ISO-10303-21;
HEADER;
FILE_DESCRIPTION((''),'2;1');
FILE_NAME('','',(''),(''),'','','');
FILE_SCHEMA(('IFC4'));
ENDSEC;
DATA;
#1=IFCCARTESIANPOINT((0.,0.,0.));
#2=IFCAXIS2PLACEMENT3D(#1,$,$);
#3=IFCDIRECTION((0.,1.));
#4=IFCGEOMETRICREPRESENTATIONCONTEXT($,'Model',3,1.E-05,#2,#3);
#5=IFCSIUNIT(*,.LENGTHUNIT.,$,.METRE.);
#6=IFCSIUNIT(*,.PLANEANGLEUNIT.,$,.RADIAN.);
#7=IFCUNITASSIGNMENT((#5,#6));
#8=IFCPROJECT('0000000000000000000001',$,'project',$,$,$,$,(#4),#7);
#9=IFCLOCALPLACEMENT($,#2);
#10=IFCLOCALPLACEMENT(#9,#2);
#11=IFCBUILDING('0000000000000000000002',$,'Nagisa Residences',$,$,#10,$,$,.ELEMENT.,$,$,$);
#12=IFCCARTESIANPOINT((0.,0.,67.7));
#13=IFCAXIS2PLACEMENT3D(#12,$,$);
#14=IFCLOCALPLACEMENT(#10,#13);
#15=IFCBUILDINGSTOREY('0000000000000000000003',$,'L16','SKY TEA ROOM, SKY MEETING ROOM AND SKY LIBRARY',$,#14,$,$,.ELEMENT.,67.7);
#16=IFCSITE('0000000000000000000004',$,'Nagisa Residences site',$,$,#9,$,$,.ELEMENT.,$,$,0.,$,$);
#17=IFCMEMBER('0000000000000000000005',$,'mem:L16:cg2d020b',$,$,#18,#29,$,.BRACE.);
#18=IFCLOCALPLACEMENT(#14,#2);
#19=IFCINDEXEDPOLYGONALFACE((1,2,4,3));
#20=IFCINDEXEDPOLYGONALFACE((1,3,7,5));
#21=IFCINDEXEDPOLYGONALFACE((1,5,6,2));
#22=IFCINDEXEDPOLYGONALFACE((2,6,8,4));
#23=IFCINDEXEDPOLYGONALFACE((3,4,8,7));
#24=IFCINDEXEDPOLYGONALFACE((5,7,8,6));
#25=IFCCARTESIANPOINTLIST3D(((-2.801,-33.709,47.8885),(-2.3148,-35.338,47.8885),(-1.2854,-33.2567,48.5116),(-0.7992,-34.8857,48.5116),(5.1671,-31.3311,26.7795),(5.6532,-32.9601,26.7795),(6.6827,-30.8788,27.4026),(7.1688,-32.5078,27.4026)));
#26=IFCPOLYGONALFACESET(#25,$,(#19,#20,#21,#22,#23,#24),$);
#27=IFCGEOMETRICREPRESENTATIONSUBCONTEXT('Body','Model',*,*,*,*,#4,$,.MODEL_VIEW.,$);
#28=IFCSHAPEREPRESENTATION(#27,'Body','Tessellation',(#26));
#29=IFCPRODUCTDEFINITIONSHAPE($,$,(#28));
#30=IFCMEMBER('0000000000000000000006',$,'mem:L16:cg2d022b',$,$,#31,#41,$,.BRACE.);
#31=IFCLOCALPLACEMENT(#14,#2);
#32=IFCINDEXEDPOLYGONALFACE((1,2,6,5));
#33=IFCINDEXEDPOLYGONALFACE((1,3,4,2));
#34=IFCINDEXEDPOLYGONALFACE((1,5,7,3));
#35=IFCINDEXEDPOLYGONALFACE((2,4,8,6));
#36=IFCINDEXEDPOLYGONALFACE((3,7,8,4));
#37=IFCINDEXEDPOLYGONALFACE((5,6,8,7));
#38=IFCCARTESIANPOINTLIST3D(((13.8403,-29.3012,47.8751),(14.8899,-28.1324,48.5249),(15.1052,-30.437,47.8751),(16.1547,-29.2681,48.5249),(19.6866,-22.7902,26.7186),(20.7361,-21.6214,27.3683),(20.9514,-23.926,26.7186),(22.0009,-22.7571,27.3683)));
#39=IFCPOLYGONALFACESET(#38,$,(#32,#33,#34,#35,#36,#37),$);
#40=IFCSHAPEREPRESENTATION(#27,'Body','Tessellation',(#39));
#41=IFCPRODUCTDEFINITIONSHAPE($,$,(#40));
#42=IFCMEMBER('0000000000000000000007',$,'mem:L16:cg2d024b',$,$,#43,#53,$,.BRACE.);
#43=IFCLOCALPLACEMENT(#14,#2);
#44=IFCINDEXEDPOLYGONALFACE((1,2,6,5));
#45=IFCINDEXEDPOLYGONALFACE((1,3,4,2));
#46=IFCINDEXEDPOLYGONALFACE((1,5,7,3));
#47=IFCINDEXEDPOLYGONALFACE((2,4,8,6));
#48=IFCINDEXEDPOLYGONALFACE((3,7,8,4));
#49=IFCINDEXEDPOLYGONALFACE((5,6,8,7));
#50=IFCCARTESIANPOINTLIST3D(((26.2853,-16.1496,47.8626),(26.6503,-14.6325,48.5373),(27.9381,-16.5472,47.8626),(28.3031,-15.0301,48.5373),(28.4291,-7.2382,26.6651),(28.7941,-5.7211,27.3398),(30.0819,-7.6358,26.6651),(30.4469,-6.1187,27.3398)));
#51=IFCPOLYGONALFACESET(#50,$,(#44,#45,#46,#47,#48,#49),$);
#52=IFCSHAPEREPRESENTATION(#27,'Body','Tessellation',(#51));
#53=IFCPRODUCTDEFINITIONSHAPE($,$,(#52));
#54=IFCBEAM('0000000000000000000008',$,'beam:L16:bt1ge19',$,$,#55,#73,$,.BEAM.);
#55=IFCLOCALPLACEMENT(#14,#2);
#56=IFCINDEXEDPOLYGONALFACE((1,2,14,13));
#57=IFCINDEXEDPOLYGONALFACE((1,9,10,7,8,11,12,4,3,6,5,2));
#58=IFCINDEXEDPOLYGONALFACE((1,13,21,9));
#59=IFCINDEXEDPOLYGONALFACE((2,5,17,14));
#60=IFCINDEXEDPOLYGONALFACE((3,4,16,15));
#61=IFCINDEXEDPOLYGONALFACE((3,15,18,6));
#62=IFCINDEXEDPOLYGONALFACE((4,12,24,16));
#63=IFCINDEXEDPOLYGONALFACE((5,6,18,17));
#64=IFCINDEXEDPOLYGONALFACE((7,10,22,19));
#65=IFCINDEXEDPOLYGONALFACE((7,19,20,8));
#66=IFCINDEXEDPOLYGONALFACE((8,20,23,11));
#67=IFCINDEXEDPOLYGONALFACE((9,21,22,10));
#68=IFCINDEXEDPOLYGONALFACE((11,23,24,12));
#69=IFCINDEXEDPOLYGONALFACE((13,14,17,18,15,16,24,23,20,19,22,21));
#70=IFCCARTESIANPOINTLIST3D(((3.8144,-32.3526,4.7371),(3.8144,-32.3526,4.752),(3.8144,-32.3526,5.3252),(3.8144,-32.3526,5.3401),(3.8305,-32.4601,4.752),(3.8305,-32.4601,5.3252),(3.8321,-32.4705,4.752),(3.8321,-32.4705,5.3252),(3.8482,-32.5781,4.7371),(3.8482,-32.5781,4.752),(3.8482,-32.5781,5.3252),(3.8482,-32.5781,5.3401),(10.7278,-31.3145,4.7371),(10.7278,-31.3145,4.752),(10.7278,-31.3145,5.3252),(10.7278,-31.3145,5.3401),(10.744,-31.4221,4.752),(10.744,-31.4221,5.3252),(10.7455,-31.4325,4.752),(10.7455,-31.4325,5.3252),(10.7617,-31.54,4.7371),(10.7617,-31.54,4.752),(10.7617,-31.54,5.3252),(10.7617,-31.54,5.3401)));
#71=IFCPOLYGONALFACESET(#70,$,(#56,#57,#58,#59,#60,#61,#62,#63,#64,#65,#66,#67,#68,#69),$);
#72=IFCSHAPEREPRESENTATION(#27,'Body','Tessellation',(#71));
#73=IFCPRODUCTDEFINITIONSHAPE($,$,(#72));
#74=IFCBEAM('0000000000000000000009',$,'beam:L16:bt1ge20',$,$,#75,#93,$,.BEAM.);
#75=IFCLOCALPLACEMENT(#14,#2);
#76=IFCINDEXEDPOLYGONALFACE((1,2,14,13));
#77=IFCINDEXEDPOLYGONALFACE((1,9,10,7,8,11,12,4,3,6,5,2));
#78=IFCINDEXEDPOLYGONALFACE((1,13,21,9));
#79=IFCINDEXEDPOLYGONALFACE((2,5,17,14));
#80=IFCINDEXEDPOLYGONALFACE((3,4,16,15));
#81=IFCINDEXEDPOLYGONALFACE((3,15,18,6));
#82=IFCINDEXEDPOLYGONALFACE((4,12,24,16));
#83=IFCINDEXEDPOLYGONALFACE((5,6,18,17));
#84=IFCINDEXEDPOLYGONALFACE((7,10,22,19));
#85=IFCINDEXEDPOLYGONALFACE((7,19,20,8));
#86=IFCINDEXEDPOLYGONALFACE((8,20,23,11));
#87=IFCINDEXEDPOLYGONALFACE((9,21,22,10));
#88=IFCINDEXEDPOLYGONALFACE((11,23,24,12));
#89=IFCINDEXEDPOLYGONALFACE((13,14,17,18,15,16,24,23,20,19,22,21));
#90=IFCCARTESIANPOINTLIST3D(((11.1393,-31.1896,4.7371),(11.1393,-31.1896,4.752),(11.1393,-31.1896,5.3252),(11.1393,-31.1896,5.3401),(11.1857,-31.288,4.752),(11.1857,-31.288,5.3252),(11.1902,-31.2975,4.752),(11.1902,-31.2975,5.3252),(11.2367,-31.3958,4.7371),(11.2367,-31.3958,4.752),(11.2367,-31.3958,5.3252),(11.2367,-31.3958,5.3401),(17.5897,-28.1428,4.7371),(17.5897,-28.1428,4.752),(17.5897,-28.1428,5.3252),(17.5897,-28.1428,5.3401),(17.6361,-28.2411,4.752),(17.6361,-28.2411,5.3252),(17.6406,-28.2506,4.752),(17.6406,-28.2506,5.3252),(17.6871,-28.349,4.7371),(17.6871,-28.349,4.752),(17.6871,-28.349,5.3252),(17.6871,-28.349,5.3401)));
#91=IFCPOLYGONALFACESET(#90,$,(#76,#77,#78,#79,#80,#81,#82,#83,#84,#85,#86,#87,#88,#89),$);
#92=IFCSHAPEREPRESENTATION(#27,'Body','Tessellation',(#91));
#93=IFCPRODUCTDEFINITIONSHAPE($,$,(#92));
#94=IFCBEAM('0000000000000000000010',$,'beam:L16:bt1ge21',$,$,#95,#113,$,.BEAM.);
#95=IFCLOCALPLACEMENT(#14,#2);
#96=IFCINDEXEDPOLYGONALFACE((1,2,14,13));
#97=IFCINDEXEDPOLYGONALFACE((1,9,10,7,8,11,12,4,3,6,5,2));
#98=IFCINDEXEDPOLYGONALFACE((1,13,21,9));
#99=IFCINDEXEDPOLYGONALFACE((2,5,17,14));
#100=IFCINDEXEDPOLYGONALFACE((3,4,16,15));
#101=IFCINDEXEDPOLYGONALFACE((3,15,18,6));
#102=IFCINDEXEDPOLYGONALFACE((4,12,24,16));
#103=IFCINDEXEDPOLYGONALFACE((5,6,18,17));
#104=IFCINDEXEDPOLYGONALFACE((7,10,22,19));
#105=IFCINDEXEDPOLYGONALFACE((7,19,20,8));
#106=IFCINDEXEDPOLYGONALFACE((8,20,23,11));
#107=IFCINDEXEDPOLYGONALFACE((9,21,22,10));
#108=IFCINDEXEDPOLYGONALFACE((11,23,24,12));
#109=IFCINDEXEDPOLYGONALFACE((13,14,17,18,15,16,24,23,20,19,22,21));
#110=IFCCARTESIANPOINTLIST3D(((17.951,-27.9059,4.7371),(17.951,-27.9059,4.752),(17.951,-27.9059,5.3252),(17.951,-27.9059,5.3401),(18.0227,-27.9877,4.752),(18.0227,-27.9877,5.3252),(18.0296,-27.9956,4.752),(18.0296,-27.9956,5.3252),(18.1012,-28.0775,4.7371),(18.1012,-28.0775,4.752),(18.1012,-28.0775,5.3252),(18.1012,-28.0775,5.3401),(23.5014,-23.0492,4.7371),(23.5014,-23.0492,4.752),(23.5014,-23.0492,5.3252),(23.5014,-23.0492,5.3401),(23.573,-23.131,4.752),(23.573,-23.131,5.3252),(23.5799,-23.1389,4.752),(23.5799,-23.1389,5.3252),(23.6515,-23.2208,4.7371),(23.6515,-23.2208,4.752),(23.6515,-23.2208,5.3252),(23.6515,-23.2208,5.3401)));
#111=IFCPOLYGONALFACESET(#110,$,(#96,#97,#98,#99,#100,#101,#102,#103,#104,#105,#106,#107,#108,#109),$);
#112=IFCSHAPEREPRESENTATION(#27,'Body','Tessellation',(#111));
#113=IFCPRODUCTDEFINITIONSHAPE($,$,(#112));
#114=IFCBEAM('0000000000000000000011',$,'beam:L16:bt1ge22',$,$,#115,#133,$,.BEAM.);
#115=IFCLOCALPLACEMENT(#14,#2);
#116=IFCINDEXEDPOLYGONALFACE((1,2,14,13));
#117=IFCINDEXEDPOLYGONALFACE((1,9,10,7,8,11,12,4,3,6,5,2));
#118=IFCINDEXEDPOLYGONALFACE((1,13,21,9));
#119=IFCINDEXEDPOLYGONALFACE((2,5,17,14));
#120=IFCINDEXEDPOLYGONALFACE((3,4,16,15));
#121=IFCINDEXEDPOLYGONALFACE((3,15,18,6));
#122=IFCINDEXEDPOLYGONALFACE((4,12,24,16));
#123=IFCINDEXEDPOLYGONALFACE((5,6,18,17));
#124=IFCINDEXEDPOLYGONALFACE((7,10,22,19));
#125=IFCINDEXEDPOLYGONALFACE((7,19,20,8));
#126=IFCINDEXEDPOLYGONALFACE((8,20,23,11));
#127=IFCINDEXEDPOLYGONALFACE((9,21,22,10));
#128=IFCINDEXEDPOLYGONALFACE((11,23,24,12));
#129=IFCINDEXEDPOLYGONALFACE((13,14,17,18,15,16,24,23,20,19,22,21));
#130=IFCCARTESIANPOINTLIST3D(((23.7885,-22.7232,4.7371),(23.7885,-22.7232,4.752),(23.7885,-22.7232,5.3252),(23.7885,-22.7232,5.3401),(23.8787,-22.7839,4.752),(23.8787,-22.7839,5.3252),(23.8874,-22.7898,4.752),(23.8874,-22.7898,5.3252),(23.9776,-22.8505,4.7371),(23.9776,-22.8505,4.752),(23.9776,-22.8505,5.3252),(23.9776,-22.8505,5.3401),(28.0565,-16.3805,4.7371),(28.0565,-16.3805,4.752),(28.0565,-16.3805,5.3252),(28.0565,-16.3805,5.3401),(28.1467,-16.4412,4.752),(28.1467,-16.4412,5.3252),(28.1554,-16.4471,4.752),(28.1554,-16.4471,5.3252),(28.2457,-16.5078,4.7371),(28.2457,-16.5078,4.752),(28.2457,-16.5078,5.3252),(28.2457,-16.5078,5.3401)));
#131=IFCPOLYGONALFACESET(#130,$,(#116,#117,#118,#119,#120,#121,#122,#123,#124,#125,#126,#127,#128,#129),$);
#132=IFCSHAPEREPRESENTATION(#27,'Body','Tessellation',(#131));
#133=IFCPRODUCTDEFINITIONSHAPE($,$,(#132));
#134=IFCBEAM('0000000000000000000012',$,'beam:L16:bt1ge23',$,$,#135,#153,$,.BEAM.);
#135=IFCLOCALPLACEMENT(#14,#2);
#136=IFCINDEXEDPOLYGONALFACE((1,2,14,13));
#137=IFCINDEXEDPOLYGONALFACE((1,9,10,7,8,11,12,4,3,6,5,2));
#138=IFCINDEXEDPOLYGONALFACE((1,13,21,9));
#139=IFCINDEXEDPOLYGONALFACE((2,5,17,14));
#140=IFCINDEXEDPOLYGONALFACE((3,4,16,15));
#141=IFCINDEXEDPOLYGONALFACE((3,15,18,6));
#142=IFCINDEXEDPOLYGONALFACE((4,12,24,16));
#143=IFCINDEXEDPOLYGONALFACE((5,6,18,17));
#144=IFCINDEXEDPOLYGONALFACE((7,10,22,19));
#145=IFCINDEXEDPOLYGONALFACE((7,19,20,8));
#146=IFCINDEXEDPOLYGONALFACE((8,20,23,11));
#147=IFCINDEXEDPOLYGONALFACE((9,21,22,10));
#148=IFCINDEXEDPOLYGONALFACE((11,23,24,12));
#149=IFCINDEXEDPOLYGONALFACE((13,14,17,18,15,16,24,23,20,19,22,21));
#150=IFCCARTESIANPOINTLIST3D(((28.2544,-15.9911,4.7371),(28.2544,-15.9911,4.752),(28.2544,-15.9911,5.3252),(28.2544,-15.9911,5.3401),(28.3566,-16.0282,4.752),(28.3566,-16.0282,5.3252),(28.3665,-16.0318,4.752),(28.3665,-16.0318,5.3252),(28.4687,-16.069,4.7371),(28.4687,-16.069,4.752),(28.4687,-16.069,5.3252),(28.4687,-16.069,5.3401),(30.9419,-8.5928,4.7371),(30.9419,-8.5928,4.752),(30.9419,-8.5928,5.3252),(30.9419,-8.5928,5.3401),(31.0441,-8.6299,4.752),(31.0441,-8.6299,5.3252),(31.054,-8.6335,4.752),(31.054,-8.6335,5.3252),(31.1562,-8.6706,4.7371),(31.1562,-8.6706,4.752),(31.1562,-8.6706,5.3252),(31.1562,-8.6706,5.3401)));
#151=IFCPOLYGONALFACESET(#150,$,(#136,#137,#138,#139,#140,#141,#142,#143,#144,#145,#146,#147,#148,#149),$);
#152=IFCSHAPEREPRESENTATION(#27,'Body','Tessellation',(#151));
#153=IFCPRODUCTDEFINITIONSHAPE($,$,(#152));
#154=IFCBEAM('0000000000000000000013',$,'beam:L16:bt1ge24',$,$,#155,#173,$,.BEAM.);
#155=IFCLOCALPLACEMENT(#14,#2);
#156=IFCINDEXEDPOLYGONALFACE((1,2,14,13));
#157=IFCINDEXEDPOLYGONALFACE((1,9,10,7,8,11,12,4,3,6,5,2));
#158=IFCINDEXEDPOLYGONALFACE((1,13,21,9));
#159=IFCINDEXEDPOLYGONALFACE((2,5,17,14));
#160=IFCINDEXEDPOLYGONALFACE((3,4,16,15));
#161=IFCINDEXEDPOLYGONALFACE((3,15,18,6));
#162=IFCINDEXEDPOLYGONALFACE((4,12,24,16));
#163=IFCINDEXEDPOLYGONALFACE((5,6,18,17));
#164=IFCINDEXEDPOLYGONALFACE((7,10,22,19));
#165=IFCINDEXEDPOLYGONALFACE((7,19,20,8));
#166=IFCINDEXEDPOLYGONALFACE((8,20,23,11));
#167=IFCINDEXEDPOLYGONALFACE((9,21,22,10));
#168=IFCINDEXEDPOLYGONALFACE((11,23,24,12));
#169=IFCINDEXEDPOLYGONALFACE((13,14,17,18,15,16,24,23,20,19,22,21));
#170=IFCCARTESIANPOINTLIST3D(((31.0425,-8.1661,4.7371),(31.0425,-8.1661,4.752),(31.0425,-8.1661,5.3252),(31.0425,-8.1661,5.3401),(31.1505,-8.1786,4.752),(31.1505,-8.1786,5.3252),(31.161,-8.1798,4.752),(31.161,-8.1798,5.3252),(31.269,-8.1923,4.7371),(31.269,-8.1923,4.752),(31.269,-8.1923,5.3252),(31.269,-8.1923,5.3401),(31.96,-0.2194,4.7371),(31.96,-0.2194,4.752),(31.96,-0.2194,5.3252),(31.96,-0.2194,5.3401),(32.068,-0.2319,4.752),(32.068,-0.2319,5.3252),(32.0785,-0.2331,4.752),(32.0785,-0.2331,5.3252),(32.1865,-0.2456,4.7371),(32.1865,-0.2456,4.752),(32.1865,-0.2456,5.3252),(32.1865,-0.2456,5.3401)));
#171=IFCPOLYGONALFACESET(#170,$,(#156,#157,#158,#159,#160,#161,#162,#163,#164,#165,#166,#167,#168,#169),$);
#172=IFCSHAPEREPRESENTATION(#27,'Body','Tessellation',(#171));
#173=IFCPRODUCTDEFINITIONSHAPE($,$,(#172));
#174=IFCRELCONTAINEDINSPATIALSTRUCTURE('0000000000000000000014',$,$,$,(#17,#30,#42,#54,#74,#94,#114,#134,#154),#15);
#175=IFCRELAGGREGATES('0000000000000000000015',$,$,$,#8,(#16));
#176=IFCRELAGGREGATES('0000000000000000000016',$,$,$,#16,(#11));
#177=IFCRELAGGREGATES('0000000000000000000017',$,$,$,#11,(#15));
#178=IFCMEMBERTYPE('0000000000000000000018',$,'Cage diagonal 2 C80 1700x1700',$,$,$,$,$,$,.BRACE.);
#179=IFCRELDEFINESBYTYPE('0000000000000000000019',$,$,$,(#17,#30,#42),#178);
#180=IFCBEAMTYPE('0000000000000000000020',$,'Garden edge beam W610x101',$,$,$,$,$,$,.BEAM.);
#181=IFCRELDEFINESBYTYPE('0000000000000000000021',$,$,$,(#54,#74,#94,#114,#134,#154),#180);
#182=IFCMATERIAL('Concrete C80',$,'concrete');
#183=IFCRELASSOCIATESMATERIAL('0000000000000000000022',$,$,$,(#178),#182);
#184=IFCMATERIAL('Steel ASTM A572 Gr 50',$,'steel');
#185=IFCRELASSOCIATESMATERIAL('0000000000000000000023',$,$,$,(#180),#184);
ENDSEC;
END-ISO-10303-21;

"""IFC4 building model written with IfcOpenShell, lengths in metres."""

from ifc_helpers import new_model, si_unit, direction, frame, origin, origin_2d, place, context, subcontext, project, spatial, rectangle, i_section, extrude, material, material_profile, profile_set, type_object, element, save


model = new_model("IFC4")

# Units and contexts
model_context = context("Model", 3, precision=1e-05, world=origin(), true_north=direction((0.0, 1.0)))
body_context = subcontext(model_context, "Body", "Model", "MODEL_VIEW")
ifc_project = project(units=[si_unit("LENGTHUNIT", "METRE"), si_unit("PLANEANGLEUNIT", "RADIAN")], contexts=[model_context])

# Site, building, storey
site_placement = place(None, origin())
site = spatial("IfcSite", under=ifc_project, at=site_placement, Name="Nagisa Residences site", CompositionType="ELEMENT", RefElevation=0.0)
building_placement = place(site_placement, origin())
building = spatial("IfcBuilding", under=site, at=building_placement, Name="Nagisa Residences", CompositionType="ELEMENT")
storey_placement = place(building_placement, frame((0.0, 0.0, 67.7)))
storey = spatial("IfcBuildingStorey", under=building, at=storey_placement, Name="L16", Description="SKY TEA ROOM, SKY MEETING ROOM AND SKY LIBRARY", CompositionType="ELEMENT", Elevation=67.7)

# Members
ifc_material_1 = material(Name="Concrete C80", Category="concrete")
ifc_material_profile_1 = material_profile(ifc_material_1, rectangle(XDim=1.7, YDim=1.7, at=origin_2d()), Name="C80 1700x1700")
ifc_profile_set_1 = profile_set([ifc_material_profile_1], Name="Concrete C80")
member_type = type_object("IfcMemberType", Name="Cage diagonal 2 C80 1700x1700", PredefinedType="BRACE", material=ifc_profile_set_1)
member_1_placement = place(storey_placement, frame((6.168, -31.9194, 27.0911), z_axis=(-0.351205, -0.104812, 0.930414), x_axis=(0.285971, -0.958238, 0.0)))
element("IfcMember", 1, at=member_1_placement, inside=storey, type_object=member_type, Name="mem:L16:cg2d020b", PredefinedType="BRACE", context=body_context, shape_type="SweptSolid", body=[
    extrude(rectangle(XDim=1.7, YDim=1.7, at=origin_2d()), origin(), (0.0, 0.0, 1.0), 22.6877),
])
member_2_placement = place(storey_placement, frame((20.8438, -22.7737, 27.0435), z_axis=(-0.255351, -0.284388, 0.924077), x_axis=(0.744072, -0.6681, 0.0)))
element("IfcMember", 2, at=member_2_placement, inside=storey, type_object=member_type, Name="mem:L16:cg2d022b", PredefinedType="BRACE", context=body_context, shape_type="SweptSolid", body=[
    extrude(rectangle(XDim=1.7, YDim=1.7, at=origin_2d()), origin(), (0.0, 0.0, 1.0), 22.8948),
])
member_3_placement = place(storey_placement, frame((29.438, -6.6785, 27.0024), z_axis=(-0.092828, -0.38587, 0.917871), x_axis=(0.972262, -0.233896, 0.0)))
element("IfcMember", 3, at=member_3_placement, inside=storey, type_object=member_type, Name="mem:L16:cg2d024b", PredefinedType="BRACE", context=body_context, shape_type="SweptSolid", body=[
    extrude(rectangle(XDim=1.7, YDim=1.7, at=origin_2d()), origin(), (0.0, 0.0, 1.0), 23.0942),
])

# Beams
ifc_material_2 = material(Name="Steel ASTM A572 Gr 50", Category="steel")
ifc_material_profile_2 = material_profile(ifc_material_2, i_section(OverallWidth=0.228, OverallDepth=0.603, WebThickness=0.0105, FlangeThickness=0.0149, at=origin_2d()), Name="W610x101")
ifc_profile_set_2 = profile_set([ifc_material_profile_2], Name="Steel ASTM A572 Gr 50")
beam_type_1 = type_object("IfcBeamType", Name="Garden edge beam W610x101", PredefinedType="BEAM", material=ifc_profile_set_2)
beam_1_placement = place(storey_placement, frame((3.8313, -32.4653, 5.0386), z_axis=(0.988914, 0.148487, 0.0), x_axis=(-0.148487, 0.988914, 0.0)))
element("IfcBeam", 4, at=beam_1_placement, inside=storey, type_object=beam_type_1, Name="beam:L16:bt1ge19", PredefinedType="BEAM", context=body_context, shape_type="SweptSolid", body=[
    extrude(i_section(OverallWidth=0.228, OverallDepth=0.603, WebThickness=0.0105, FlangeThickness=0.0149, at=origin_2d()), origin(), (0.0, 0.0, 1.0), 6.991),
])
beam_2_placement = place(storey_placement, frame((11.188, -31.2927, 5.0386), z_axis=(0.904203, 0.427102, 0.0), x_axis=(-0.427102, 0.904203, 0.0)))
element("IfcBeam", 5, at=beam_2_placement, inside=storey, type_object=beam_type_1, Name="beam:L16:bt1ge20", PredefinedType="BEAM", context=body_context, shape_type="SweptSolid", body=[
    extrude(i_section(OverallWidth=0.228, OverallDepth=0.603, WebThickness=0.0105, FlangeThickness=0.0149, at=origin_2d()), origin(), (0.0, 0.0, 1.0), 7.1338),
])
beam_3_placement = place(storey_placement, frame((18.0261, -27.9917, 5.0386), z_axis=(0.752564, 0.658519, 0.0), x_axis=(-0.658519, 0.752564, 0.0)))
element("IfcBeam", 6, at=beam_3_placement, inside=storey, type_object=beam_type_1, Name="beam:L16:bt1ge21", PredefinedType="BEAM", context=body_context, shape_type="SweptSolid", body=[
    extrude(i_section(OverallWidth=0.228, OverallDepth=0.603, WebThickness=0.0105, FlangeThickness=0.0149, at=origin_2d()), origin(), (0.0, 0.0, 1.0), 7.3752),
])
beam_4_placement = place(storey_placement, frame((23.8831, -22.7869, 5.0386), z_axis=(0.558277, 0.829655, 0.0), x_axis=(-0.829655, 0.558277, 0.0)))
element("IfcBeam", 7, at=beam_4_placement, inside=storey, type_object=beam_type_1, Name="beam:L16:bt1ge22", PredefinedType="BEAM", context=body_context, shape_type="SweptSolid", body=[
    extrude(i_section(OverallWidth=0.228, OverallDepth=0.603, WebThickness=0.0105, FlangeThickness=0.0149, at=origin_2d()), origin(), (0.0, 0.0, 1.0), 7.645),
])
beam_5_placement = place(storey_placement, frame((28.3616, -16.03, 5.0386), z_axis=(0.341424, 0.939909, 0.0), x_axis=(-0.939909, 0.341424, 0.0)))
element("IfcBeam", 8, at=beam_5_placement, inside=storey, type_object=beam_type_1, Name="beam:L16:bt1ge23", PredefinedType="BEAM", context=body_context, shape_type="SweptSolid", body=[
    extrude(i_section(OverallWidth=0.228, OverallDepth=0.603, WebThickness=0.0105, FlangeThickness=0.0149, at=origin_2d()), origin(), (0.0, 0.0, 1.0), 7.8713),
])
beam_6_placement = place(storey_placement, frame((31.1558, -8.1792, 5.0386), z_axis=(0.114691, 0.993401, 0.0), x_axis=(-0.993401, 0.114691, 0.0)))
element("IfcBeam", 9, at=beam_6_placement, inside=storey, type_object=beam_type_1, Name="beam:L16:bt1ge24", PredefinedType="BEAM", context=body_context, shape_type="SweptSolid", body=[
    extrude(i_section(OverallWidth=0.228, OverallDepth=0.603, WebThickness=0.0105, FlangeThickness=0.0149, at=origin_2d()), origin(), (0.0, 0.0, 1.0), 7.9995),
])

save(model, "model.ifc")
